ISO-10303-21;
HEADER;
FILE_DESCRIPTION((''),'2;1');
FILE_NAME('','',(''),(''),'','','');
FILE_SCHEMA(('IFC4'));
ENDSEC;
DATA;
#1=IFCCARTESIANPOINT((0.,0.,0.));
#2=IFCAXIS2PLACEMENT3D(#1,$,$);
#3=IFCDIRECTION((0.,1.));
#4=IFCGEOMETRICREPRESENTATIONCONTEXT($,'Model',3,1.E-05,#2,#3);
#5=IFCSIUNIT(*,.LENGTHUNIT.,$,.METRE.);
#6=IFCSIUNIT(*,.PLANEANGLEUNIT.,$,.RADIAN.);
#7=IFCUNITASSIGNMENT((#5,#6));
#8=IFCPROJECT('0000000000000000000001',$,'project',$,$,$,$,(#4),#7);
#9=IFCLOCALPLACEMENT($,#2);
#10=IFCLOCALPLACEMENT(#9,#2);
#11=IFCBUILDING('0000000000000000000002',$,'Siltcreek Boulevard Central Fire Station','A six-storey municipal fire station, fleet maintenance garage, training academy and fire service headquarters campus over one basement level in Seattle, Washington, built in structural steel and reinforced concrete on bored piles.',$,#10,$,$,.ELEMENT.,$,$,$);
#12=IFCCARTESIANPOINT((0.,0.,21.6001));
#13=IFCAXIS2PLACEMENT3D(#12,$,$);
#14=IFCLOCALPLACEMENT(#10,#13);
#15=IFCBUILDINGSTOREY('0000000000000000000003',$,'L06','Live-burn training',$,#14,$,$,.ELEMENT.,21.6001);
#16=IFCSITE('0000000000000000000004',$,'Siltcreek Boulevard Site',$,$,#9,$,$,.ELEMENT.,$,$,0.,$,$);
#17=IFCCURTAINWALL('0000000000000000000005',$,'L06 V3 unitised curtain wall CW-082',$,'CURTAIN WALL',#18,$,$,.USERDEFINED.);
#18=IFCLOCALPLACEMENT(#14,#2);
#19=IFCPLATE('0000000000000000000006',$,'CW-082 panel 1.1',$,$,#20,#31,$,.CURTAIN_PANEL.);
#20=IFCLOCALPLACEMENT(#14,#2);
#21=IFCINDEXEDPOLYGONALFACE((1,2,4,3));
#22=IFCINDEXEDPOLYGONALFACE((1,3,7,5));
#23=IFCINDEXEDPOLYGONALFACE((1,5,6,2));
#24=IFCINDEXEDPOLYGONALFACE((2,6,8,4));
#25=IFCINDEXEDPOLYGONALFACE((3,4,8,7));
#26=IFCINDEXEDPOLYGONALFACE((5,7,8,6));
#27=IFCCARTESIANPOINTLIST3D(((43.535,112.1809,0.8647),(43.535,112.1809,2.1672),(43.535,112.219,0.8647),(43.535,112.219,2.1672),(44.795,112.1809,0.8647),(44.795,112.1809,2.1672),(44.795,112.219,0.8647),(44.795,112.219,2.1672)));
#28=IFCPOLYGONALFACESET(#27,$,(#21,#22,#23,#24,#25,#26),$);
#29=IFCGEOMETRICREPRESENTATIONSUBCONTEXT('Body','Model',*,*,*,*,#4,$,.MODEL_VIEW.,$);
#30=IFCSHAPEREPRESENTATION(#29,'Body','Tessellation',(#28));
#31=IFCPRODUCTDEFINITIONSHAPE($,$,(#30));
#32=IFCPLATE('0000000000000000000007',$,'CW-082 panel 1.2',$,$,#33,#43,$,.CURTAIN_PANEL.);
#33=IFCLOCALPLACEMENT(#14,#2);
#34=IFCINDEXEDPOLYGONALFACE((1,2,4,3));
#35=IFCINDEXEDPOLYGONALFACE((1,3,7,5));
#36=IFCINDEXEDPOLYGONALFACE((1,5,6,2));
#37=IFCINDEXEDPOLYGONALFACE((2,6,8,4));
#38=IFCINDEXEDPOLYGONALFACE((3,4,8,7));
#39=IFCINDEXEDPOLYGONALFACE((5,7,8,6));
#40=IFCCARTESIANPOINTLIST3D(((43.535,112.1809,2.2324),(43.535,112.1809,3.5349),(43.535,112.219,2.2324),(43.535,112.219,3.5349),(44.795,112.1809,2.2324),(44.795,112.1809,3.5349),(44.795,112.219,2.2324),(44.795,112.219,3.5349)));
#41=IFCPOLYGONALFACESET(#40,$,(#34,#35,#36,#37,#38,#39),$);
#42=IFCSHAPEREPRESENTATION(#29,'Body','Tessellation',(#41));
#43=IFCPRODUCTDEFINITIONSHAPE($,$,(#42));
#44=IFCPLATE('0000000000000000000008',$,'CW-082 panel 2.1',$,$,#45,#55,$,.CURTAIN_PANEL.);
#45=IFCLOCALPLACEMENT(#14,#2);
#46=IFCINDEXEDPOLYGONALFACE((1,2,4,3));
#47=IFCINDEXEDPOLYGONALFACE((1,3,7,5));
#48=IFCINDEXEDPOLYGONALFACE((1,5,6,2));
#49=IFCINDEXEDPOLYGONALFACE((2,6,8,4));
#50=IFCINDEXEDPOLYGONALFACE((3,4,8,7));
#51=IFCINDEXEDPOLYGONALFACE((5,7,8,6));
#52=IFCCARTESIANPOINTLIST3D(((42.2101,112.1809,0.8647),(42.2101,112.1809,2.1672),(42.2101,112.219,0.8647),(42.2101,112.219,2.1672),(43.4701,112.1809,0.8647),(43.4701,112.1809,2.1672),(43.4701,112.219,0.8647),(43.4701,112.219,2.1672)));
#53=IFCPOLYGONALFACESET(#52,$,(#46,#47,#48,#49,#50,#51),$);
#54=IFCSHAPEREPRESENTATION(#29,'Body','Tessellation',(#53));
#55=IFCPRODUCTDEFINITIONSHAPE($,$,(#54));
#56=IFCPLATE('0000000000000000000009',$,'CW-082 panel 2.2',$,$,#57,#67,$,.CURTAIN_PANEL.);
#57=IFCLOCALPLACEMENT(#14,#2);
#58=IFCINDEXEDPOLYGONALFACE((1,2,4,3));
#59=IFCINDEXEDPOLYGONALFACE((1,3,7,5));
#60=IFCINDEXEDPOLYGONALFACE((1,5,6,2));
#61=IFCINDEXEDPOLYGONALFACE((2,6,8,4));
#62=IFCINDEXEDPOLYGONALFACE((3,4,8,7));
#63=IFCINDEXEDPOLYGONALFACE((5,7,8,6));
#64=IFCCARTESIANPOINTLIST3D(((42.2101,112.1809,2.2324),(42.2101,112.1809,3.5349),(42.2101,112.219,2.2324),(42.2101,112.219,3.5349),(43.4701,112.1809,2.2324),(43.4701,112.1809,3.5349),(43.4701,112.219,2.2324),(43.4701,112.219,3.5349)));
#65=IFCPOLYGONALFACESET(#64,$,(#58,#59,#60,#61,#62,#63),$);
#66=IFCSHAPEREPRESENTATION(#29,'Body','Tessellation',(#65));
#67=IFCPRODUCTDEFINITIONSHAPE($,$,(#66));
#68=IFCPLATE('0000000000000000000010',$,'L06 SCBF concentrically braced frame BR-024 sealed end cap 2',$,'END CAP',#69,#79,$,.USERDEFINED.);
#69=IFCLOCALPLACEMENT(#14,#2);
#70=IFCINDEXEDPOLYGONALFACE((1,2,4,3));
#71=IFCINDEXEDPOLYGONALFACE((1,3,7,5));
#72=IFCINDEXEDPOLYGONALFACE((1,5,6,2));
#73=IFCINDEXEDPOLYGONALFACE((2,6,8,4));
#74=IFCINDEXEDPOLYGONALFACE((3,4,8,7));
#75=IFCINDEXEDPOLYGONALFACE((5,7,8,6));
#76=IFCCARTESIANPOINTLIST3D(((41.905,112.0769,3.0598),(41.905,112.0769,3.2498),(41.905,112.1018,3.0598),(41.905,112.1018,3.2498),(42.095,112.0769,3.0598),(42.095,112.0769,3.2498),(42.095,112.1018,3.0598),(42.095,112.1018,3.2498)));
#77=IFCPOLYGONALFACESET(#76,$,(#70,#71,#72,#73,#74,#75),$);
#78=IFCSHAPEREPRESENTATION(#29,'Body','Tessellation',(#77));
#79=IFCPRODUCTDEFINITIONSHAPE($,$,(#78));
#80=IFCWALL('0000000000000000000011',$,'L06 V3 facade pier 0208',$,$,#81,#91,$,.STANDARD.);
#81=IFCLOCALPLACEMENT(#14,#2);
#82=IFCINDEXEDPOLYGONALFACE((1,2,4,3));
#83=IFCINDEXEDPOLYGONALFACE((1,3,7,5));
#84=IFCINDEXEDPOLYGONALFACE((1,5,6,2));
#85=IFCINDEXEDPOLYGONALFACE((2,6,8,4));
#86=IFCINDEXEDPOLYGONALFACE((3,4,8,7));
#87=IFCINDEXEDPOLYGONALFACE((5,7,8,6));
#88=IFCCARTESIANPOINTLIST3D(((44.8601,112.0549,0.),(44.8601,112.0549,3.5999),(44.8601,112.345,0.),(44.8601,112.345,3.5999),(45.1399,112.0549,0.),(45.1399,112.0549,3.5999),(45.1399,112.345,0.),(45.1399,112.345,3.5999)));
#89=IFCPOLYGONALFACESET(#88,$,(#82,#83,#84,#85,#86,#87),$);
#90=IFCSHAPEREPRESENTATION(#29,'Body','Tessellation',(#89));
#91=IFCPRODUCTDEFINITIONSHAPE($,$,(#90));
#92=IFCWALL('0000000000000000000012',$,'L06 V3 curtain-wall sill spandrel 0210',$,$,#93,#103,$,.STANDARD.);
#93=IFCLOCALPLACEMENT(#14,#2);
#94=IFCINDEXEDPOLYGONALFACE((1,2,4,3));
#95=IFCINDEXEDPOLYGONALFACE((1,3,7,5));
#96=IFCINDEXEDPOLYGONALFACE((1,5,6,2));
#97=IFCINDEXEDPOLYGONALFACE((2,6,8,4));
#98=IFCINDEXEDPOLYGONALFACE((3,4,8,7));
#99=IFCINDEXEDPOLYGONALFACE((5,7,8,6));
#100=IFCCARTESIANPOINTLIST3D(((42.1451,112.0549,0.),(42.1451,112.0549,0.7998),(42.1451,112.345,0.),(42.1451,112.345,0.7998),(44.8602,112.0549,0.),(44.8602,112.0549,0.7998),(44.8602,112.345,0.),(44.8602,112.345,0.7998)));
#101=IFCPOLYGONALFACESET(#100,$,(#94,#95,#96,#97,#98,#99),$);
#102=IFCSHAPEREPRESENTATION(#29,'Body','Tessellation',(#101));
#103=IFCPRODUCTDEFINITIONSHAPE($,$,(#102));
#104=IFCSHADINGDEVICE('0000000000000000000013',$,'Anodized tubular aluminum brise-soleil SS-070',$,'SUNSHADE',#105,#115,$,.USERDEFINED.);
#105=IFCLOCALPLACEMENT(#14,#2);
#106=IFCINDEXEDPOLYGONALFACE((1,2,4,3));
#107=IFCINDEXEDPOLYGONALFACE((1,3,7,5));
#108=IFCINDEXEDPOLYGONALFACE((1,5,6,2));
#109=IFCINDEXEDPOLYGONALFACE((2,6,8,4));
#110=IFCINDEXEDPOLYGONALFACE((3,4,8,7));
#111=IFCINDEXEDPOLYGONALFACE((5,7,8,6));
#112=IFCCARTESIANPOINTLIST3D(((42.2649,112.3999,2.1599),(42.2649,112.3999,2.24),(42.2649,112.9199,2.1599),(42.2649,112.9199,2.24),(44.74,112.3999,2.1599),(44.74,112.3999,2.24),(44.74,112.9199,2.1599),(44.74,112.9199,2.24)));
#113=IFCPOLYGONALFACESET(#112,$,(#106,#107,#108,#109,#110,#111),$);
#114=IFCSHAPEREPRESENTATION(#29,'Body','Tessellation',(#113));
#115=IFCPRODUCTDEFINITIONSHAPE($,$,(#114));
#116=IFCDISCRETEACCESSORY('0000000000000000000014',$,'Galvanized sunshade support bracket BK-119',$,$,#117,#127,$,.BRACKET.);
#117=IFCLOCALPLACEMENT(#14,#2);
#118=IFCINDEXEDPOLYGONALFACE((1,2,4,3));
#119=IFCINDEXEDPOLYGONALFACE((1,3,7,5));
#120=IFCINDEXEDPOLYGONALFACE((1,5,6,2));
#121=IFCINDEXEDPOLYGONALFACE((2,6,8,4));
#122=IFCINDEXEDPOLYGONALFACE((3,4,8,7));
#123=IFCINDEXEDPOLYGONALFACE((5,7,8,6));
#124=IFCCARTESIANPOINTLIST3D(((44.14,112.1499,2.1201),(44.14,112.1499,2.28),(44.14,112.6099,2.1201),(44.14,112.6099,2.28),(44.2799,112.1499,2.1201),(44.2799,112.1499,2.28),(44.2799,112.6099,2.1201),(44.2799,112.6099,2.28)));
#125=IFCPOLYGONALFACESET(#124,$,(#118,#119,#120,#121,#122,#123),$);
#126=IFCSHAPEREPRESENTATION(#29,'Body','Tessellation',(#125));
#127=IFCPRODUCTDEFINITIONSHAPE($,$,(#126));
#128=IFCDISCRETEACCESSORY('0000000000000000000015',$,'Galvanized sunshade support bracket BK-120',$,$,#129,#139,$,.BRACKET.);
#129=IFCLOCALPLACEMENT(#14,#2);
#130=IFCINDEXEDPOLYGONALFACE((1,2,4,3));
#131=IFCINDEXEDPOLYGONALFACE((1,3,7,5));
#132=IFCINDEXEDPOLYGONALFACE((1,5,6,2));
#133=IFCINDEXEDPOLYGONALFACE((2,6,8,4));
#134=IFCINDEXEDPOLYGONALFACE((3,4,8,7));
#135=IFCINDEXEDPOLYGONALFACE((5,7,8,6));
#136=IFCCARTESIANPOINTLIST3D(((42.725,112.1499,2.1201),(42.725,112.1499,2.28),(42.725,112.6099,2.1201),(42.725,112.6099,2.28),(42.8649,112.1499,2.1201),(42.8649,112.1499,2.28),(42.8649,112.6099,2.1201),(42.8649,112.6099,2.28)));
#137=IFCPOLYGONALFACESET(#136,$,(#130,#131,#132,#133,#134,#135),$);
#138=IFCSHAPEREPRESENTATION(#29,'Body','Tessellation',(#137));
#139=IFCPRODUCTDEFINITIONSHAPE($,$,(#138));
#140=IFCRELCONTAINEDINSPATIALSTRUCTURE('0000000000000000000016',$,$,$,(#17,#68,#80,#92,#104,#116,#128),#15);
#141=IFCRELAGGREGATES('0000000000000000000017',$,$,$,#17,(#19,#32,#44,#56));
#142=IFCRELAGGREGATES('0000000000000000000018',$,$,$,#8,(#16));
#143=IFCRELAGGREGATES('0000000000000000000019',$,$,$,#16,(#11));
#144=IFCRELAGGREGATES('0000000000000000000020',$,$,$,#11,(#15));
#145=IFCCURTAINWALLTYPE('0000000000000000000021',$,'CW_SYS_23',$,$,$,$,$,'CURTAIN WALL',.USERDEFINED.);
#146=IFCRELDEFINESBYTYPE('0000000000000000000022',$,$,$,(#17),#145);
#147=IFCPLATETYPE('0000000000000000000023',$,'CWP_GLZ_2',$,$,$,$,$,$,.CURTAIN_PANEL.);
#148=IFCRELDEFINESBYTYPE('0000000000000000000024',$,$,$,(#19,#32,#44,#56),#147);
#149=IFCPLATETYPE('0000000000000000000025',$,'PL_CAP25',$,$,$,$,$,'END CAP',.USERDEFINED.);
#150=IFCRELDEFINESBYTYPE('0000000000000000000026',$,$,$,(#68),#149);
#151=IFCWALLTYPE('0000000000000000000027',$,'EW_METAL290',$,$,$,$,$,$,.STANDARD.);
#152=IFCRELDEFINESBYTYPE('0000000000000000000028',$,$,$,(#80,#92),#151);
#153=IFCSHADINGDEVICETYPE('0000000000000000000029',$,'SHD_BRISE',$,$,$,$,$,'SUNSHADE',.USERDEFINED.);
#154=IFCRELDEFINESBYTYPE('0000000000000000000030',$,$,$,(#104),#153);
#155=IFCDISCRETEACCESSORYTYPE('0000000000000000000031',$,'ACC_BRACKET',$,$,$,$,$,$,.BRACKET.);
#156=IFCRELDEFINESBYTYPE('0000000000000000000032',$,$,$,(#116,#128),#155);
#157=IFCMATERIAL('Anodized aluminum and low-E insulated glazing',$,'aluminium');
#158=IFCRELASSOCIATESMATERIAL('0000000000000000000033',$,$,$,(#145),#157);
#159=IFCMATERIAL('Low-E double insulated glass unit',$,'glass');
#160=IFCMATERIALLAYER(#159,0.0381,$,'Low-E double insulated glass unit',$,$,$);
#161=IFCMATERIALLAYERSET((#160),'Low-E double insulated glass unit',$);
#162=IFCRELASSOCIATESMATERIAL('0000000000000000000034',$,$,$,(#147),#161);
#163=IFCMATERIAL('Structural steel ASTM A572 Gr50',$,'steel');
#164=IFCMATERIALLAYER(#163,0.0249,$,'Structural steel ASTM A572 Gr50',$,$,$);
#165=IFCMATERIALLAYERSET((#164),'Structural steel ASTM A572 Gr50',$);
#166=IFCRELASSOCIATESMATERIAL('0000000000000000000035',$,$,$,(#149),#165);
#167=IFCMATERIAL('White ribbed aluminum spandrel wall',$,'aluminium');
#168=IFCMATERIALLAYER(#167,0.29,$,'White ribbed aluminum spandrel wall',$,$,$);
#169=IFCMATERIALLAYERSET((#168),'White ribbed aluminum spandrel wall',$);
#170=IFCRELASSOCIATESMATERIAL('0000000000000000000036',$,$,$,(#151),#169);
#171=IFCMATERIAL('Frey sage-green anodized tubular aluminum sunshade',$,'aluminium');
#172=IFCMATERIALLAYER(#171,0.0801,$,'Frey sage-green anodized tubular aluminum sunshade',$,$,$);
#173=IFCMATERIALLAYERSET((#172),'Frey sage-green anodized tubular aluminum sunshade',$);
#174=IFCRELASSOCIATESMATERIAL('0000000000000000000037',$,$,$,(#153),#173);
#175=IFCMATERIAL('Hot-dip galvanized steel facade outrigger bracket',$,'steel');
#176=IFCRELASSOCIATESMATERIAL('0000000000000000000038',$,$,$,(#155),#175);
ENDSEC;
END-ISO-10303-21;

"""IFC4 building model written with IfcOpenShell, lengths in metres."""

from ifc_helpers import new_model, si_unit, direction, frame, frame_2d, origin, origin_2d, place, context, subcontext, project, spatial, rectangle, extrude, material, layer, layer_set, type_object, element, aggregate, save


model = new_model("IFC4")

# Units and contexts
model_context = context("Model", 3, precision=1e-05, world=origin(), true_north=direction((0.0, 1.0)))
body_context = subcontext(model_context, "Body", "Model", "MODEL_VIEW")
ifc_project = project(units=[si_unit("LENGTHUNIT", "METRE"), si_unit("PLANEANGLEUNIT", "RADIAN")], contexts=[model_context])

# Site, building, storey
site_placement = place(None, origin())
site = spatial("IfcSite", under=ifc_project, at=site_placement, Name="Siltcreek Boulevard Site", CompositionType="ELEMENT", RefElevation=0.0)
building_placement = place(site_placement, origin())
building = spatial("IfcBuilding", under=site, at=building_placement, Name="Siltcreek Boulevard Central Fire Station", Description="A six-storey municipal fire station, fleet maintenance garage, training academy and fire service headquarters campus over one basement level in Seattle, Washington, built in structural steel and reinforced concrete on bored piles.", CompositionType="ELEMENT")
storey_placement = place(building_placement, frame((0.0, 0.0, 21.6001)))
storey = spatial("IfcBuildingStorey", under=building, at=storey_placement, Name="L06", Description="Live-burn training", CompositionType="ELEMENT", Elevation=21.6001)

# Shared definitions
ifc_material_1 = material(Name="Anodized aluminum and low-E insulated glazing", Category="aluminium")

# Curtain wall, plates
curtain_wall_type_1 = type_object("IfcCurtainWallType", Name="CW_SYS_23", ElementType="CURTAIN WALL", PredefinedType="USERDEFINED", material=ifc_material_1)
curtain_wall_1_placement = place(storey_placement, origin())
curtain_wall_1 = element("IfcCurtainWall", 1, at=curtain_wall_1_placement, inside=storey, type_object=curtain_wall_type_1, Name="L06 V3 unitised curtain wall CW-082", ObjectType="CURTAIN WALL", PredefinedType="USERDEFINED")
ifc_material_2 = material(Name="Low-E double insulated glass unit", Category="glass")
ifc_layer_1 = layer(ifc_material_2, 0.0381, Name="Low-E double insulated glass unit")
ifc_layer_set_1 = layer_set([ifc_layer_1], Name="Low-E double insulated glass unit")
plate_type_1 = type_object("IfcPlateType", Name="CWP_GLZ_2", PredefinedType="CURTAIN_PANEL", material=ifc_layer_set_1)
plate_1_placement = place(storey_placement, frame((44.165, 112.2, 0.8647), z_axis=(0.0, 0.0, 1.0), x_axis=(-1.0, 0.0, 0.0)))
plate_1 = element("IfcPlate", 2, at=plate_1_placement, type_object=plate_type_1, Name="CW-082 panel 1.1", PredefinedType="CURTAIN_PANEL", context=body_context, shape_type="SweptSolid", body=[
    extrude(rectangle(XDim=1.26, YDim=0.0381, at=origin_2d()), origin(), (0.0, 0.0, 1.0), 1.3025),
])
plate_2_placement = place(storey_placement, frame((44.165, 112.2, 2.2324), z_axis=(0.0, 0.0, 1.0), x_axis=(-1.0, 0.0, 0.0)))
plate_2 = element("IfcPlate", 3, at=plate_2_placement, type_object=plate_type_1, Name="CW-082 panel 1.2", PredefinedType="CURTAIN_PANEL", context=body_context, shape_type="SweptSolid", body=[
    extrude(rectangle(XDim=1.26, YDim=0.0381, at=origin_2d()), origin(), (0.0, 0.0, 1.0), 1.3025),
])
plate_3_placement = place(storey_placement, frame((42.8401, 112.2, 0.8647), z_axis=(0.0, 0.0, 1.0), x_axis=(-1.0, 0.0, 0.0)))
plate_3 = element("IfcPlate", 4, at=plate_3_placement, type_object=plate_type_1, Name="CW-082 panel 2.1", PredefinedType="CURTAIN_PANEL", context=body_context, shape_type="SweptSolid", body=[
    extrude(rectangle(XDim=1.26, YDim=0.0381, at=origin_2d()), origin(), (0.0, 0.0, 1.0), 1.3025),
])
plate_4_placement = place(storey_placement, frame((42.8401, 112.2, 2.2324), z_axis=(0.0, 0.0, 1.0), x_axis=(-1.0, 0.0, 0.0)))
plate_4 = element("IfcPlate", 5, at=plate_4_placement, type_object=plate_type_1, Name="CW-082 panel 2.2", PredefinedType="CURTAIN_PANEL", context=body_context, shape_type="SweptSolid", body=[
    extrude(rectangle(XDim=1.26, YDim=0.0381, at=origin_2d()), origin(), (0.0, 0.0, 1.0), 1.3025),
])
aggregate(curtain_wall_1, [plate_1, plate_2, plate_3, plate_4])

# Plate
ifc_material_3 = material(Name="Structural steel ASTM A572 Gr50", Category="steel")
ifc_layer_2 = layer(ifc_material_3, 0.0249, Name="Structural steel ASTM A572 Gr50")
ifc_layer_set_2 = layer_set([ifc_layer_2], Name="Structural steel ASTM A572 Gr50")
plate_type_2 = type_object("IfcPlateType", Name="PL_CAP25", ElementType="END CAP", PredefinedType="USERDEFINED", material=ifc_layer_set_2)
plate_5_placement = place(storey_placement, frame((42.0, 112.0894, 3.0598), z_axis=(0.0, 0.0, 1.0), x_axis=(0.0, 1.0, 0.0)))
element("IfcPlate", 6, at=plate_5_placement, inside=storey, type_object=plate_type_2, Name="L06 SCBF concentrically braced frame BR-024 sealed end cap 2", ObjectType="END CAP", PredefinedType="USERDEFINED", context=body_context, shape_type="SweptSolid", body=[
    extrude(rectangle(XDim=0.0249, YDim=0.1899, at=origin_2d()), origin(), (0.0, 0.0, 1.0), 0.1899),
])

# Walls
ifc_material_4 = material(Name="White ribbed aluminum spandrel wall", Category="aluminium")
ifc_layer_3 = layer(ifc_material_4, 0.29, Name="White ribbed aluminum spandrel wall")
ifc_layer_set_3 = layer_set([ifc_layer_3], Name="White ribbed aluminum spandrel wall")
wall_type = type_object("IfcWallType", Name="EW_METAL290", PredefinedType="STANDARD", material=ifc_layer_set_3)
wall_1_placement = place(storey_placement, frame((45.1399, 112.2, 0.0), z_axis=(0.0, 0.0, 1.0), x_axis=(-1.0, 0.0, 0.0)))
element("IfcWall", 7, at=wall_1_placement, inside=storey, type_object=wall_type, Name="L06 V3 facade pier 0208", PredefinedType="STANDARD", context=body_context, shape_type="SweptSolid", body=[
    extrude(rectangle(XDim=0.2798, YDim=0.29, at=frame_2d((0.1399, 0.0))), origin(), (0.0, 0.0, 1.0), 3.5999),
])
wall_2_placement = place(storey_placement, frame((44.8601, 112.2, 0.0), z_axis=(0.0, 0.0, 1.0), x_axis=(-1.0, 0.0, 0.0)))
element("IfcWall", 8, at=wall_2_placement, inside=storey, type_object=wall_type, Name="L06 V3 curtain-wall sill spandrel 0210", PredefinedType="STANDARD", context=body_context, shape_type="SweptSolid", body=[
    extrude(rectangle(XDim=2.7151, YDim=0.29, at=frame_2d((1.3574, 0.0))), origin(), (0.0, 0.0, 1.0), 0.7998),
])

# Shading device
ifc_material_5 = material(Name="Frey sage-green anodized tubular aluminum sunshade", Category="aluminium")
ifc_layer_4 = layer(ifc_material_5, 0.0801, Name="Frey sage-green anodized tubular aluminum sunshade")
ifc_layer_set_4 = layer_set([ifc_layer_4], Name="Frey sage-green anodized tubular aluminum sunshade")
shading_device_type = type_object("IfcShadingDeviceType", Name="SHD_BRISE", ElementType="SUNSHADE", PredefinedType="USERDEFINED", material=ifc_layer_set_4)
shading_device_placement = place(storey_placement, frame((43.5024, 112.6599, 2.1599), z_axis=(0.0, 0.0, 1.0), x_axis=(-1.0, 0.0, 0.0)))
element("IfcShadingDevice", 9, at=shading_device_placement, inside=storey, type_object=shading_device_type, Name="Anodized tubular aluminum brise-soleil SS-070", ObjectType="SUNSHADE", PredefinedType="USERDEFINED", context=body_context, shape_type="SweptSolid", body=[
    extrude(rectangle(XDim=2.4751, YDim=0.52, at=origin_2d()), origin(), (0.0, 0.0, 1.0), 0.0801),
])

# Discrete accessories
ifc_material_6 = material(Name="Hot-dip galvanized steel facade outrigger bracket", Category="steel")
discrete_accessory_type = type_object("IfcDiscreteAccessoryType", Name="ACC_BRACKET", PredefinedType="BRACKET", material=ifc_material_6)
for number, where, z_axis, x_axis, name in (
    (10, (44.21, 112.3799, 2.1201), (0.0, 0.0, 1.0), (-1.0, 0.0, 0.0), "Galvanized sunshade support bracket BK-119"),
    (11, (42.7949, 112.3799, 2.1201), (0.0, 0.0, 1.0), (-1.0, 0.0, 0.0), "Galvanized sunshade support bracket BK-120"),
):
    element("IfcDiscreteAccessory", number, at=place(storey_placement, frame(where, z_axis=z_axis, x_axis=x_axis)), inside=storey, type_object=discrete_accessory_type, Name=name, PredefinedType="BRACKET", context=body_context, shape_type="SweptSolid", body=[
        extrude(rectangle(XDim=0.1399, YDim=0.46, at=origin_2d()), origin(), (0.0, 0.0, 1.0), 0.1599),
    ])

save(model, "model.ifc")
